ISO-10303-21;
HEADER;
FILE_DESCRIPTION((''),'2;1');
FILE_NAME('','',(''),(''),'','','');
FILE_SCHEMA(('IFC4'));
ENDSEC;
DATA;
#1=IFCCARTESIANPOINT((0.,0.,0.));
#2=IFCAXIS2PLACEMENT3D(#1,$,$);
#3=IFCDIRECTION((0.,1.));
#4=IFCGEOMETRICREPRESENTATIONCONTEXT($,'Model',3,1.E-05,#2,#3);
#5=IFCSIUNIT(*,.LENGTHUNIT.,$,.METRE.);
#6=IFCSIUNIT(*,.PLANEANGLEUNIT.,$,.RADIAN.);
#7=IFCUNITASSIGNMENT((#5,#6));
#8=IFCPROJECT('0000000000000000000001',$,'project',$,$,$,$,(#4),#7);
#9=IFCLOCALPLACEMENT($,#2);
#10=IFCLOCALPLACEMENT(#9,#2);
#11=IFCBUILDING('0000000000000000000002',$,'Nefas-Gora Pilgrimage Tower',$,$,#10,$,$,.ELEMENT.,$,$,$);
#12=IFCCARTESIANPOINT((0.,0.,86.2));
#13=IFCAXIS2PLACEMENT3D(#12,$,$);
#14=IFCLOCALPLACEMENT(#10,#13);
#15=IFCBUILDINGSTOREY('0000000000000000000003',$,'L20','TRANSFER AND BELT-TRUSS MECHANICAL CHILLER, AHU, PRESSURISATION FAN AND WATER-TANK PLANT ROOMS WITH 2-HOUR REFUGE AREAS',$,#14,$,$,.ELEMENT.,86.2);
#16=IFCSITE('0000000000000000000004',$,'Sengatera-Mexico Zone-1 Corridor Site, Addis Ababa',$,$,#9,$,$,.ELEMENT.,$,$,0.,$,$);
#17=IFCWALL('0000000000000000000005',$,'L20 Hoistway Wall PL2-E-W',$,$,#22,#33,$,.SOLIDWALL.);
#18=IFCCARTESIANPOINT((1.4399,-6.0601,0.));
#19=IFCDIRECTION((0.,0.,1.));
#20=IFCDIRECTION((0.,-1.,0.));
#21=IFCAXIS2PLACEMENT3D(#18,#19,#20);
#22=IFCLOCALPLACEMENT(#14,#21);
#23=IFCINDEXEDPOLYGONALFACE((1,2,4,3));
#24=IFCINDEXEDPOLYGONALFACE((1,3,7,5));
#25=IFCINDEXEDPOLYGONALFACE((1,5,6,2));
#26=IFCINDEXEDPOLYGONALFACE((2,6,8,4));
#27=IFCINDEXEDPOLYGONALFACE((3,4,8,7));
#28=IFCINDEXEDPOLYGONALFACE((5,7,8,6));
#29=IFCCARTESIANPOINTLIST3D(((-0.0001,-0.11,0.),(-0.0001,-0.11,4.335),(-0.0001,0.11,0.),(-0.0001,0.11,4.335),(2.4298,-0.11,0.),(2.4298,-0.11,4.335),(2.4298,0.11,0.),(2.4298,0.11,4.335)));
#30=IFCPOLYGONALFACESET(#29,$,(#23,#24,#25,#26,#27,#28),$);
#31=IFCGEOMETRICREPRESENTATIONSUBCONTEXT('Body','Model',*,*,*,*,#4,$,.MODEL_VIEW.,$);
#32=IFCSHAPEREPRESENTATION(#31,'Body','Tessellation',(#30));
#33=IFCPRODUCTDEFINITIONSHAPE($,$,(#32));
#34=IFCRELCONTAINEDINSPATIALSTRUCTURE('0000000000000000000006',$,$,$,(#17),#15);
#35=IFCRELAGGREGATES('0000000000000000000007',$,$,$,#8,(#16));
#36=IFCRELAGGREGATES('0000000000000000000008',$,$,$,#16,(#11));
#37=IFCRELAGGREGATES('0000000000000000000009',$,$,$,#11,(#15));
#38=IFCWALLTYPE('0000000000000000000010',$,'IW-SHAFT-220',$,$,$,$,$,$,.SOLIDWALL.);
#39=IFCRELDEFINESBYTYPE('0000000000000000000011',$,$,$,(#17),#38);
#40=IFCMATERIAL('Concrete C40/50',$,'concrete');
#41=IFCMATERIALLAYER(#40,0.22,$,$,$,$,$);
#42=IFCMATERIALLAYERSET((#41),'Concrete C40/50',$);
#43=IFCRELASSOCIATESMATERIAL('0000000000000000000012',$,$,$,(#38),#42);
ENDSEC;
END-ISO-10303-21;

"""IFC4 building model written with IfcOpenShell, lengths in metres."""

from ifc_helpers import new_model, si_unit, direction, frame, frame_2d, origin, place, context, subcontext, project, spatial, rectangle, extrude, source, transform, mapped, material, layer, layer_set, type_object, element, save


model = new_model("IFC4")

# Units and contexts
model_context = context("Model", 3, precision=1e-05, world=origin(), true_north=direction((0.0, 1.0)))
body_context = subcontext(model_context, "Body", "Model", "MODEL_VIEW")
ifc_project = project(units=[si_unit("LENGTHUNIT", "METRE"), si_unit("PLANEANGLEUNIT", "RADIAN")], contexts=[model_context])

# Site, building, storey
site_placement = place(None, origin())
site = spatial("IfcSite", under=ifc_project, at=site_placement, Name="Sengatera-Mexico Zone-1 Corridor Site, Addis Ababa", CompositionType="ELEMENT", RefElevation=0.0)
building_placement = place(site_placement, origin())
building = spatial("IfcBuilding", under=site, at=building_placement, Name="Nefas-Gora Pilgrimage Tower", CompositionType="ELEMENT")
storey_placement = place(building_placement, frame((0.0, 0.0, 86.2)))
storey = spatial("IfcBuildingStorey", under=building, at=storey_placement, Name="L20", Description="TRANSFER AND BELT-TRUSS MECHANICAL CHILLER, AHU, PRESSURISATION FAN AND WATER-TANK PLANT ROOMS WITH 2-HOUR REFUGE AREAS", CompositionType="ELEMENT", Elevation=86.2)

# Shared definitions
ifc_material_1 = material(Name="Concrete C40/50", Category="concrete")
ifc_layer_1 = layer(ifc_material_1, 0.22)
ifc_layer_set_1 = layer_set([ifc_layer_1], Name="Concrete C40/50")
wall_type_1 = type_object("IfcWallType", Name="IW-SHAFT-220", PredefinedType="SOLIDWALL", material=ifc_layer_set_1)

# Wall
shared_shape_1 = source(origin(), body_context, "Body", "SweptSolid", [
    extrude(rectangle(XDim=2.4299, YDim=0.22, at=frame_2d((1.2148, 0.0))), origin(), (0.0, 0.0, 1.0), 4.335),
])
for number, where, z_axis, x_axis, name in (
    (1, (1.4399, -6.0601, 0.0), (0.0, 0.0, 1.0), (0.0, -1.0, 0.0), "L20 Hoistway Wall PL2-E-W"),
):
    element("IfcWall", number, at=place(storey_placement, frame(where, z_axis=z_axis, x_axis=x_axis)), inside=storey, type_object=wall_type_1, Name=name, PredefinedType="SOLIDWALL", context=body_context, shape_type="MappedRepresentation", body=[
        mapped(shared_shape_1, transform((0.0, 0.0, 0.0), x_axis=(1.0, 0.0, 0.0), y_axis=(0.0, 1.0, 0.0), z_axis=(0.0, 0.0, 1.0), scale=1.0)),
    ])

save(model, "model.ifc")
